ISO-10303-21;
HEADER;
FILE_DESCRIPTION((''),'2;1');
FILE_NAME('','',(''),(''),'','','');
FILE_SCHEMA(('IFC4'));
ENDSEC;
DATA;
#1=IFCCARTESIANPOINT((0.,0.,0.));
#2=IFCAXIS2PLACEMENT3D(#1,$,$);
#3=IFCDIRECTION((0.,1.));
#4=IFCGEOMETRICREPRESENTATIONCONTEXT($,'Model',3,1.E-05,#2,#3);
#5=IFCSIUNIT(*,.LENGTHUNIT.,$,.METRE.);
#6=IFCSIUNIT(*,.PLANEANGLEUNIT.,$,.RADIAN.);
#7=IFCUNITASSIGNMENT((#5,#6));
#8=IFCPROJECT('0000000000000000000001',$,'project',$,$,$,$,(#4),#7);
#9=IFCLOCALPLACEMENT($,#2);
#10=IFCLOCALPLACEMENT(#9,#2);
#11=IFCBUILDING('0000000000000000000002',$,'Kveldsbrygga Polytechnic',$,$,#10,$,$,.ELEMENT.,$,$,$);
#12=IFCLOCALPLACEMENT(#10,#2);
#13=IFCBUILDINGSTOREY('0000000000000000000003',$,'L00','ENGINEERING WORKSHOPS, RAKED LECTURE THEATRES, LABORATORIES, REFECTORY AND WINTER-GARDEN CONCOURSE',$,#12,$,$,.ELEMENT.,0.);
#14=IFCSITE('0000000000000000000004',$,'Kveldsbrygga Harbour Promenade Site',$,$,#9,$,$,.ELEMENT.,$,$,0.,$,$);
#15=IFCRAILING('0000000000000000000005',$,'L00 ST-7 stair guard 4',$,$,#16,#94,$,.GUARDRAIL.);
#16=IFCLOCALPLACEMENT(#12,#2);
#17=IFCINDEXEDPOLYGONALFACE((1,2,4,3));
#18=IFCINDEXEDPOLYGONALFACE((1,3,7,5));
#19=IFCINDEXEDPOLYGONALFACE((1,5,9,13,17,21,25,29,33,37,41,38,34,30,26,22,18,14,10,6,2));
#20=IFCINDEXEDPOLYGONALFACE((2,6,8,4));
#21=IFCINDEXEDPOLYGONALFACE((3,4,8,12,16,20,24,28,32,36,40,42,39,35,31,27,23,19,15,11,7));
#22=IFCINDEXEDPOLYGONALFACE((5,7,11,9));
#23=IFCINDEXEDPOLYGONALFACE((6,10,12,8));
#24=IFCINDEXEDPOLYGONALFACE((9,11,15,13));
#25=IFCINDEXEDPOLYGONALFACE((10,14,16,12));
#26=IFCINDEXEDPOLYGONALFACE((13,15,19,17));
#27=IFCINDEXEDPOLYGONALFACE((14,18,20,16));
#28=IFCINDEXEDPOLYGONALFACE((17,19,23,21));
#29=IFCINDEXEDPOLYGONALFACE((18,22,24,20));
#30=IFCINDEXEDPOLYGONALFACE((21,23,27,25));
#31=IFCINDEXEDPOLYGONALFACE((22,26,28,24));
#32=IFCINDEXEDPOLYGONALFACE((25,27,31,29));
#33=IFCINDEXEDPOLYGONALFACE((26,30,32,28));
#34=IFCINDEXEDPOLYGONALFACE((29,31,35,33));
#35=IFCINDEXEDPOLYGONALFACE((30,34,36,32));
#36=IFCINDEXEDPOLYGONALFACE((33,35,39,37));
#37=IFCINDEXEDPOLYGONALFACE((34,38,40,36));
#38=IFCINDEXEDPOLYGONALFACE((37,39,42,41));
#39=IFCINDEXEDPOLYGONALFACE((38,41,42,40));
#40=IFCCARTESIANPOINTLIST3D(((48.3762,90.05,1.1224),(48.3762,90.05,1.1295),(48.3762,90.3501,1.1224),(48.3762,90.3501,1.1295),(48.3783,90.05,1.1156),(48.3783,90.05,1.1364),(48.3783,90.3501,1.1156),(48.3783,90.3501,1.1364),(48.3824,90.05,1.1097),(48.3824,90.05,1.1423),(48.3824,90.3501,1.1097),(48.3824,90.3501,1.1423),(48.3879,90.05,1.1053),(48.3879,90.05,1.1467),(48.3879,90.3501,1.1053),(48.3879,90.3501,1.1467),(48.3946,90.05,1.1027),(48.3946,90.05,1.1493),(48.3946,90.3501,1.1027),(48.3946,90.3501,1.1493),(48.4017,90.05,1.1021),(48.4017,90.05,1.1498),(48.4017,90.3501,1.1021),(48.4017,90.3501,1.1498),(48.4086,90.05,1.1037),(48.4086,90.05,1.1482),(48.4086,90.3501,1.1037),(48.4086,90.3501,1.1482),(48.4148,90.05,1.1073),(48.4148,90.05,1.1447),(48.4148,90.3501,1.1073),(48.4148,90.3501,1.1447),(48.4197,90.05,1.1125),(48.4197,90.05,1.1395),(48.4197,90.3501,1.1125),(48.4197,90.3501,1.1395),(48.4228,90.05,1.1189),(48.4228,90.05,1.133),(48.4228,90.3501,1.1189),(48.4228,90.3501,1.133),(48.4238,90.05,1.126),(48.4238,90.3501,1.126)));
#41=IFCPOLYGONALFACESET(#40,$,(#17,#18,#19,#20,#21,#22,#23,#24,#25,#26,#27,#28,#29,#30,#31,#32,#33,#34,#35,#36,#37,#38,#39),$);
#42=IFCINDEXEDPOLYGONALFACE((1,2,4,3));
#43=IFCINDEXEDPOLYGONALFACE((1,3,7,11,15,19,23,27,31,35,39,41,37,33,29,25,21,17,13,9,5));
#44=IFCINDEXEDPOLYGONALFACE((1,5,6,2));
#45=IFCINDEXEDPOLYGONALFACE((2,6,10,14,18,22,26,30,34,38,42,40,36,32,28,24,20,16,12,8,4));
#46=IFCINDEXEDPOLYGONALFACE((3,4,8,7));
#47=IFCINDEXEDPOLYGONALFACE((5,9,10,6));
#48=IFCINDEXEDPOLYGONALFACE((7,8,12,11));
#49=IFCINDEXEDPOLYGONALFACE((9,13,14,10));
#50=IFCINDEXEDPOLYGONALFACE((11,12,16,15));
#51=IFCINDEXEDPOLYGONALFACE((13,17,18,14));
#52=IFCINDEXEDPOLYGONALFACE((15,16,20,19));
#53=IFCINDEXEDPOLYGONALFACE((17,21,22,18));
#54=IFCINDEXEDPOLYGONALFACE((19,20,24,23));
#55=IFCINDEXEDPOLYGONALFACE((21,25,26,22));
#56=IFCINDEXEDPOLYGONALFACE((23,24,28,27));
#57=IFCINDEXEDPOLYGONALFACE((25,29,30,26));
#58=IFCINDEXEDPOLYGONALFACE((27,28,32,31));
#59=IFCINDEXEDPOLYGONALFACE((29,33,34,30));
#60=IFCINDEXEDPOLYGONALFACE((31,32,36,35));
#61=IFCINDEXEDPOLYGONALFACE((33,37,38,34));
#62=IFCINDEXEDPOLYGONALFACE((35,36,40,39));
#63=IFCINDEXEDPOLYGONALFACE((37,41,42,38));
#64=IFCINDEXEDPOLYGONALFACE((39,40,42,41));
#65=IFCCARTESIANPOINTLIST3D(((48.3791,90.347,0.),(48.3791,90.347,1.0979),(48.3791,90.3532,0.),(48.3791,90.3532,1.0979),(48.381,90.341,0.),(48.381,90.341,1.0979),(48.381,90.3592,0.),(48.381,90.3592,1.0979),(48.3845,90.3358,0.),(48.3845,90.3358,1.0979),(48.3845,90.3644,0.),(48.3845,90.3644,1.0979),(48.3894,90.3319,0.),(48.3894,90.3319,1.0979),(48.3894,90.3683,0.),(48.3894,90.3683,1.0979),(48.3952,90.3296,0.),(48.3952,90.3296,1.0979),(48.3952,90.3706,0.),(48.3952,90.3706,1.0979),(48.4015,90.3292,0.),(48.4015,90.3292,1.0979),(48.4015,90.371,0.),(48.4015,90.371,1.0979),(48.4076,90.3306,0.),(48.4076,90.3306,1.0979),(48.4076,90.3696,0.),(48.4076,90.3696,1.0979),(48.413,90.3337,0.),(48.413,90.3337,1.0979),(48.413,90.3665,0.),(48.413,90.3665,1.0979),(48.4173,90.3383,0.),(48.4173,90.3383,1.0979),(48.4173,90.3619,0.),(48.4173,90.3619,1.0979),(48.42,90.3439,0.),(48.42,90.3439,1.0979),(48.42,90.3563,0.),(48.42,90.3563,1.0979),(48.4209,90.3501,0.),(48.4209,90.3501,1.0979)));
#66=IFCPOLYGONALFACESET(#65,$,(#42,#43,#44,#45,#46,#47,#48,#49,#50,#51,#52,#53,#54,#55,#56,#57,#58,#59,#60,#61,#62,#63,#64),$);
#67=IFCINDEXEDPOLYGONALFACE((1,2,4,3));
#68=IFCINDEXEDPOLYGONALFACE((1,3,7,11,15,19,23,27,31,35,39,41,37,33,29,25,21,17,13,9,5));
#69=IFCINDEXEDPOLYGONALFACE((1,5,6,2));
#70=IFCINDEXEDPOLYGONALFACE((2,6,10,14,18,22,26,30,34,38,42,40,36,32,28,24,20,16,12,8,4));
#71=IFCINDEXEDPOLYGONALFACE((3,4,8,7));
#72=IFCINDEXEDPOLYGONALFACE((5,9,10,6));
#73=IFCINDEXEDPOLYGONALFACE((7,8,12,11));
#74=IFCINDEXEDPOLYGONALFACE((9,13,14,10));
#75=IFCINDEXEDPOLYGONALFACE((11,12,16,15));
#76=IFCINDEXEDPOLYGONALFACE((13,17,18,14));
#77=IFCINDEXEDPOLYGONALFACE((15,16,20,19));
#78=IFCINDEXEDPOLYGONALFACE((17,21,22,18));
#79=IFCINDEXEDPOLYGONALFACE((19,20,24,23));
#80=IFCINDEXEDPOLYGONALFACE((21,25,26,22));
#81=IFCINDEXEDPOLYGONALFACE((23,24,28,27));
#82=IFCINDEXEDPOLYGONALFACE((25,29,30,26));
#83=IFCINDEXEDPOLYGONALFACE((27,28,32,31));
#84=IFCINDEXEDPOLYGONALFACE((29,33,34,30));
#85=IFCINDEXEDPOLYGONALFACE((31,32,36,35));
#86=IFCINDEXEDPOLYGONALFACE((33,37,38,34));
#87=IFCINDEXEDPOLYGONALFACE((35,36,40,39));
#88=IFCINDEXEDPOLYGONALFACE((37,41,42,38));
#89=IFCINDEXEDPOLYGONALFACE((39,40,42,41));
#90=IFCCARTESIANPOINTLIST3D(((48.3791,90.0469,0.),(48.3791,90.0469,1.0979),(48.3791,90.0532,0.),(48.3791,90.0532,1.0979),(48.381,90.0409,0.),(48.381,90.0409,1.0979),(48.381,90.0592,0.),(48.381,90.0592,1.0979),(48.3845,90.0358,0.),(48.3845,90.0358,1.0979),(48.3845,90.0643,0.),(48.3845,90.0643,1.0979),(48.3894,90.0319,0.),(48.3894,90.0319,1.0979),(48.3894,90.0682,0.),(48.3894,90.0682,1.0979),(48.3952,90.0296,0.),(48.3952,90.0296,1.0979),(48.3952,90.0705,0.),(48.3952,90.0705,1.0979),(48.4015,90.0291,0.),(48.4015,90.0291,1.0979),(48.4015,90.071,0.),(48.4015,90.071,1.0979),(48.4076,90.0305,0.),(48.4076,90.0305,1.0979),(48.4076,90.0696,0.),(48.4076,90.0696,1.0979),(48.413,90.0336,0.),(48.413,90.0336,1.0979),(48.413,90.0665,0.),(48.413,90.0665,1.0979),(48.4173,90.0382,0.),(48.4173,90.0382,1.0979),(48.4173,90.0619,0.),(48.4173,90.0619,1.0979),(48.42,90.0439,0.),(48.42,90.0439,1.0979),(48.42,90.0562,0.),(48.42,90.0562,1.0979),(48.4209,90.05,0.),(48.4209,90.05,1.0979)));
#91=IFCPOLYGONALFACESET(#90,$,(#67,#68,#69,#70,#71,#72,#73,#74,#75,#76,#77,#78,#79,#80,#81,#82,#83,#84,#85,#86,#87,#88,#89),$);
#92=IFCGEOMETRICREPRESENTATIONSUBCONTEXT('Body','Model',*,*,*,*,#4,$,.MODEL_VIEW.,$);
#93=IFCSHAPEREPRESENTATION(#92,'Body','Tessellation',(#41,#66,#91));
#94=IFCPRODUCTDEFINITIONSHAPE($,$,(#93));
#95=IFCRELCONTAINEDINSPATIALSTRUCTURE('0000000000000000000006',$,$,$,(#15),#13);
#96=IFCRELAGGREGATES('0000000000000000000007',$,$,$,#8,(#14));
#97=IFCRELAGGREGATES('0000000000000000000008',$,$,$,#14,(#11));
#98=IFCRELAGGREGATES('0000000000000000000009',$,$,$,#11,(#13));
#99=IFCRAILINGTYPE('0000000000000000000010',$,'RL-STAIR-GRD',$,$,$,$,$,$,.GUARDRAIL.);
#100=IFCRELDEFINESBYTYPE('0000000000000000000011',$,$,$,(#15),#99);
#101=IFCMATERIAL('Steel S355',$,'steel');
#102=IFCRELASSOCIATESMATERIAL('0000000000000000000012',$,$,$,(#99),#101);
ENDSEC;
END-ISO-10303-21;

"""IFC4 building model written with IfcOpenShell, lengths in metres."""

from ifc_helpers import new_model, si_unit, direction, frame, origin, origin_2d, place, context, subcontext, project, spatial, circle, extrude, material, type_object, element, save


model = new_model("IFC4")

# Units and contexts
model_context = context("Model", 3, precision=1e-05, world=origin(), true_north=direction((0.0, 1.0)))
body_context = subcontext(model_context, "Body", "Model", "MODEL_VIEW")
ifc_project = project(units=[si_unit("LENGTHUNIT", "METRE"), si_unit("PLANEANGLEUNIT", "RADIAN")], contexts=[model_context])

# Site, building, storey
site_placement = place(None, origin())
site = spatial("IfcSite", under=ifc_project, at=site_placement, Name="Kveldsbrygga Harbour Promenade Site", CompositionType="ELEMENT", RefElevation=0.0)
building_placement = place(site_placement, origin())
building = spatial("IfcBuilding", under=site, at=building_placement, Name="Kveldsbrygga Polytechnic", CompositionType="ELEMENT")
storey_placement = place(building_placement, origin())
storey = spatial("IfcBuildingStorey", under=building, at=storey_placement, Name="L00", Description="ENGINEERING WORKSHOPS, RAKED LECTURE THEATRES, LABORATORIES, REFECTORY AND WINTER-GARDEN CONCOURSE", CompositionType="ELEMENT", Elevation=0.0)

# Railing
ifc_material_1 = material(Name="Steel S355", Category="steel")
railing_type_1 = type_object("IfcRailingType", Name="RL-STAIR-GRD", PredefinedType="GUARDRAIL", material=ifc_material_1)
railing_1_placement = place(storey_placement, frame((48.3999, 90.3501, 0.0)))
element("IfcRailing", 1, at=railing_1_placement, inside=storey, type_object=railing_type_1, Name="L00 ST-7 stair guard 4", PredefinedType="GUARDRAIL", context=body_context, shape_type="SweptSolid", body=[
    extrude(circle(Radius=0.0239, at=origin_2d()), frame((0.0, 0.0, 1.126), z_axis=(0.0, -1.0, 0.0), x_axis=(1.0, 0.0, 0.0)), (0.0, 0.0, 1.0), 0.3),
    extrude(circle(Radius=0.021, at=origin_2d()), origin(), (0.0, 0.0, 1.0), 1.0979),
    extrude(circle(Radius=0.021, at=origin_2d()), frame((0.0, -0.3, 0.0)), (0.0, 0.0, 1.0), 1.0979),
])

save(model, "model.ifc")
